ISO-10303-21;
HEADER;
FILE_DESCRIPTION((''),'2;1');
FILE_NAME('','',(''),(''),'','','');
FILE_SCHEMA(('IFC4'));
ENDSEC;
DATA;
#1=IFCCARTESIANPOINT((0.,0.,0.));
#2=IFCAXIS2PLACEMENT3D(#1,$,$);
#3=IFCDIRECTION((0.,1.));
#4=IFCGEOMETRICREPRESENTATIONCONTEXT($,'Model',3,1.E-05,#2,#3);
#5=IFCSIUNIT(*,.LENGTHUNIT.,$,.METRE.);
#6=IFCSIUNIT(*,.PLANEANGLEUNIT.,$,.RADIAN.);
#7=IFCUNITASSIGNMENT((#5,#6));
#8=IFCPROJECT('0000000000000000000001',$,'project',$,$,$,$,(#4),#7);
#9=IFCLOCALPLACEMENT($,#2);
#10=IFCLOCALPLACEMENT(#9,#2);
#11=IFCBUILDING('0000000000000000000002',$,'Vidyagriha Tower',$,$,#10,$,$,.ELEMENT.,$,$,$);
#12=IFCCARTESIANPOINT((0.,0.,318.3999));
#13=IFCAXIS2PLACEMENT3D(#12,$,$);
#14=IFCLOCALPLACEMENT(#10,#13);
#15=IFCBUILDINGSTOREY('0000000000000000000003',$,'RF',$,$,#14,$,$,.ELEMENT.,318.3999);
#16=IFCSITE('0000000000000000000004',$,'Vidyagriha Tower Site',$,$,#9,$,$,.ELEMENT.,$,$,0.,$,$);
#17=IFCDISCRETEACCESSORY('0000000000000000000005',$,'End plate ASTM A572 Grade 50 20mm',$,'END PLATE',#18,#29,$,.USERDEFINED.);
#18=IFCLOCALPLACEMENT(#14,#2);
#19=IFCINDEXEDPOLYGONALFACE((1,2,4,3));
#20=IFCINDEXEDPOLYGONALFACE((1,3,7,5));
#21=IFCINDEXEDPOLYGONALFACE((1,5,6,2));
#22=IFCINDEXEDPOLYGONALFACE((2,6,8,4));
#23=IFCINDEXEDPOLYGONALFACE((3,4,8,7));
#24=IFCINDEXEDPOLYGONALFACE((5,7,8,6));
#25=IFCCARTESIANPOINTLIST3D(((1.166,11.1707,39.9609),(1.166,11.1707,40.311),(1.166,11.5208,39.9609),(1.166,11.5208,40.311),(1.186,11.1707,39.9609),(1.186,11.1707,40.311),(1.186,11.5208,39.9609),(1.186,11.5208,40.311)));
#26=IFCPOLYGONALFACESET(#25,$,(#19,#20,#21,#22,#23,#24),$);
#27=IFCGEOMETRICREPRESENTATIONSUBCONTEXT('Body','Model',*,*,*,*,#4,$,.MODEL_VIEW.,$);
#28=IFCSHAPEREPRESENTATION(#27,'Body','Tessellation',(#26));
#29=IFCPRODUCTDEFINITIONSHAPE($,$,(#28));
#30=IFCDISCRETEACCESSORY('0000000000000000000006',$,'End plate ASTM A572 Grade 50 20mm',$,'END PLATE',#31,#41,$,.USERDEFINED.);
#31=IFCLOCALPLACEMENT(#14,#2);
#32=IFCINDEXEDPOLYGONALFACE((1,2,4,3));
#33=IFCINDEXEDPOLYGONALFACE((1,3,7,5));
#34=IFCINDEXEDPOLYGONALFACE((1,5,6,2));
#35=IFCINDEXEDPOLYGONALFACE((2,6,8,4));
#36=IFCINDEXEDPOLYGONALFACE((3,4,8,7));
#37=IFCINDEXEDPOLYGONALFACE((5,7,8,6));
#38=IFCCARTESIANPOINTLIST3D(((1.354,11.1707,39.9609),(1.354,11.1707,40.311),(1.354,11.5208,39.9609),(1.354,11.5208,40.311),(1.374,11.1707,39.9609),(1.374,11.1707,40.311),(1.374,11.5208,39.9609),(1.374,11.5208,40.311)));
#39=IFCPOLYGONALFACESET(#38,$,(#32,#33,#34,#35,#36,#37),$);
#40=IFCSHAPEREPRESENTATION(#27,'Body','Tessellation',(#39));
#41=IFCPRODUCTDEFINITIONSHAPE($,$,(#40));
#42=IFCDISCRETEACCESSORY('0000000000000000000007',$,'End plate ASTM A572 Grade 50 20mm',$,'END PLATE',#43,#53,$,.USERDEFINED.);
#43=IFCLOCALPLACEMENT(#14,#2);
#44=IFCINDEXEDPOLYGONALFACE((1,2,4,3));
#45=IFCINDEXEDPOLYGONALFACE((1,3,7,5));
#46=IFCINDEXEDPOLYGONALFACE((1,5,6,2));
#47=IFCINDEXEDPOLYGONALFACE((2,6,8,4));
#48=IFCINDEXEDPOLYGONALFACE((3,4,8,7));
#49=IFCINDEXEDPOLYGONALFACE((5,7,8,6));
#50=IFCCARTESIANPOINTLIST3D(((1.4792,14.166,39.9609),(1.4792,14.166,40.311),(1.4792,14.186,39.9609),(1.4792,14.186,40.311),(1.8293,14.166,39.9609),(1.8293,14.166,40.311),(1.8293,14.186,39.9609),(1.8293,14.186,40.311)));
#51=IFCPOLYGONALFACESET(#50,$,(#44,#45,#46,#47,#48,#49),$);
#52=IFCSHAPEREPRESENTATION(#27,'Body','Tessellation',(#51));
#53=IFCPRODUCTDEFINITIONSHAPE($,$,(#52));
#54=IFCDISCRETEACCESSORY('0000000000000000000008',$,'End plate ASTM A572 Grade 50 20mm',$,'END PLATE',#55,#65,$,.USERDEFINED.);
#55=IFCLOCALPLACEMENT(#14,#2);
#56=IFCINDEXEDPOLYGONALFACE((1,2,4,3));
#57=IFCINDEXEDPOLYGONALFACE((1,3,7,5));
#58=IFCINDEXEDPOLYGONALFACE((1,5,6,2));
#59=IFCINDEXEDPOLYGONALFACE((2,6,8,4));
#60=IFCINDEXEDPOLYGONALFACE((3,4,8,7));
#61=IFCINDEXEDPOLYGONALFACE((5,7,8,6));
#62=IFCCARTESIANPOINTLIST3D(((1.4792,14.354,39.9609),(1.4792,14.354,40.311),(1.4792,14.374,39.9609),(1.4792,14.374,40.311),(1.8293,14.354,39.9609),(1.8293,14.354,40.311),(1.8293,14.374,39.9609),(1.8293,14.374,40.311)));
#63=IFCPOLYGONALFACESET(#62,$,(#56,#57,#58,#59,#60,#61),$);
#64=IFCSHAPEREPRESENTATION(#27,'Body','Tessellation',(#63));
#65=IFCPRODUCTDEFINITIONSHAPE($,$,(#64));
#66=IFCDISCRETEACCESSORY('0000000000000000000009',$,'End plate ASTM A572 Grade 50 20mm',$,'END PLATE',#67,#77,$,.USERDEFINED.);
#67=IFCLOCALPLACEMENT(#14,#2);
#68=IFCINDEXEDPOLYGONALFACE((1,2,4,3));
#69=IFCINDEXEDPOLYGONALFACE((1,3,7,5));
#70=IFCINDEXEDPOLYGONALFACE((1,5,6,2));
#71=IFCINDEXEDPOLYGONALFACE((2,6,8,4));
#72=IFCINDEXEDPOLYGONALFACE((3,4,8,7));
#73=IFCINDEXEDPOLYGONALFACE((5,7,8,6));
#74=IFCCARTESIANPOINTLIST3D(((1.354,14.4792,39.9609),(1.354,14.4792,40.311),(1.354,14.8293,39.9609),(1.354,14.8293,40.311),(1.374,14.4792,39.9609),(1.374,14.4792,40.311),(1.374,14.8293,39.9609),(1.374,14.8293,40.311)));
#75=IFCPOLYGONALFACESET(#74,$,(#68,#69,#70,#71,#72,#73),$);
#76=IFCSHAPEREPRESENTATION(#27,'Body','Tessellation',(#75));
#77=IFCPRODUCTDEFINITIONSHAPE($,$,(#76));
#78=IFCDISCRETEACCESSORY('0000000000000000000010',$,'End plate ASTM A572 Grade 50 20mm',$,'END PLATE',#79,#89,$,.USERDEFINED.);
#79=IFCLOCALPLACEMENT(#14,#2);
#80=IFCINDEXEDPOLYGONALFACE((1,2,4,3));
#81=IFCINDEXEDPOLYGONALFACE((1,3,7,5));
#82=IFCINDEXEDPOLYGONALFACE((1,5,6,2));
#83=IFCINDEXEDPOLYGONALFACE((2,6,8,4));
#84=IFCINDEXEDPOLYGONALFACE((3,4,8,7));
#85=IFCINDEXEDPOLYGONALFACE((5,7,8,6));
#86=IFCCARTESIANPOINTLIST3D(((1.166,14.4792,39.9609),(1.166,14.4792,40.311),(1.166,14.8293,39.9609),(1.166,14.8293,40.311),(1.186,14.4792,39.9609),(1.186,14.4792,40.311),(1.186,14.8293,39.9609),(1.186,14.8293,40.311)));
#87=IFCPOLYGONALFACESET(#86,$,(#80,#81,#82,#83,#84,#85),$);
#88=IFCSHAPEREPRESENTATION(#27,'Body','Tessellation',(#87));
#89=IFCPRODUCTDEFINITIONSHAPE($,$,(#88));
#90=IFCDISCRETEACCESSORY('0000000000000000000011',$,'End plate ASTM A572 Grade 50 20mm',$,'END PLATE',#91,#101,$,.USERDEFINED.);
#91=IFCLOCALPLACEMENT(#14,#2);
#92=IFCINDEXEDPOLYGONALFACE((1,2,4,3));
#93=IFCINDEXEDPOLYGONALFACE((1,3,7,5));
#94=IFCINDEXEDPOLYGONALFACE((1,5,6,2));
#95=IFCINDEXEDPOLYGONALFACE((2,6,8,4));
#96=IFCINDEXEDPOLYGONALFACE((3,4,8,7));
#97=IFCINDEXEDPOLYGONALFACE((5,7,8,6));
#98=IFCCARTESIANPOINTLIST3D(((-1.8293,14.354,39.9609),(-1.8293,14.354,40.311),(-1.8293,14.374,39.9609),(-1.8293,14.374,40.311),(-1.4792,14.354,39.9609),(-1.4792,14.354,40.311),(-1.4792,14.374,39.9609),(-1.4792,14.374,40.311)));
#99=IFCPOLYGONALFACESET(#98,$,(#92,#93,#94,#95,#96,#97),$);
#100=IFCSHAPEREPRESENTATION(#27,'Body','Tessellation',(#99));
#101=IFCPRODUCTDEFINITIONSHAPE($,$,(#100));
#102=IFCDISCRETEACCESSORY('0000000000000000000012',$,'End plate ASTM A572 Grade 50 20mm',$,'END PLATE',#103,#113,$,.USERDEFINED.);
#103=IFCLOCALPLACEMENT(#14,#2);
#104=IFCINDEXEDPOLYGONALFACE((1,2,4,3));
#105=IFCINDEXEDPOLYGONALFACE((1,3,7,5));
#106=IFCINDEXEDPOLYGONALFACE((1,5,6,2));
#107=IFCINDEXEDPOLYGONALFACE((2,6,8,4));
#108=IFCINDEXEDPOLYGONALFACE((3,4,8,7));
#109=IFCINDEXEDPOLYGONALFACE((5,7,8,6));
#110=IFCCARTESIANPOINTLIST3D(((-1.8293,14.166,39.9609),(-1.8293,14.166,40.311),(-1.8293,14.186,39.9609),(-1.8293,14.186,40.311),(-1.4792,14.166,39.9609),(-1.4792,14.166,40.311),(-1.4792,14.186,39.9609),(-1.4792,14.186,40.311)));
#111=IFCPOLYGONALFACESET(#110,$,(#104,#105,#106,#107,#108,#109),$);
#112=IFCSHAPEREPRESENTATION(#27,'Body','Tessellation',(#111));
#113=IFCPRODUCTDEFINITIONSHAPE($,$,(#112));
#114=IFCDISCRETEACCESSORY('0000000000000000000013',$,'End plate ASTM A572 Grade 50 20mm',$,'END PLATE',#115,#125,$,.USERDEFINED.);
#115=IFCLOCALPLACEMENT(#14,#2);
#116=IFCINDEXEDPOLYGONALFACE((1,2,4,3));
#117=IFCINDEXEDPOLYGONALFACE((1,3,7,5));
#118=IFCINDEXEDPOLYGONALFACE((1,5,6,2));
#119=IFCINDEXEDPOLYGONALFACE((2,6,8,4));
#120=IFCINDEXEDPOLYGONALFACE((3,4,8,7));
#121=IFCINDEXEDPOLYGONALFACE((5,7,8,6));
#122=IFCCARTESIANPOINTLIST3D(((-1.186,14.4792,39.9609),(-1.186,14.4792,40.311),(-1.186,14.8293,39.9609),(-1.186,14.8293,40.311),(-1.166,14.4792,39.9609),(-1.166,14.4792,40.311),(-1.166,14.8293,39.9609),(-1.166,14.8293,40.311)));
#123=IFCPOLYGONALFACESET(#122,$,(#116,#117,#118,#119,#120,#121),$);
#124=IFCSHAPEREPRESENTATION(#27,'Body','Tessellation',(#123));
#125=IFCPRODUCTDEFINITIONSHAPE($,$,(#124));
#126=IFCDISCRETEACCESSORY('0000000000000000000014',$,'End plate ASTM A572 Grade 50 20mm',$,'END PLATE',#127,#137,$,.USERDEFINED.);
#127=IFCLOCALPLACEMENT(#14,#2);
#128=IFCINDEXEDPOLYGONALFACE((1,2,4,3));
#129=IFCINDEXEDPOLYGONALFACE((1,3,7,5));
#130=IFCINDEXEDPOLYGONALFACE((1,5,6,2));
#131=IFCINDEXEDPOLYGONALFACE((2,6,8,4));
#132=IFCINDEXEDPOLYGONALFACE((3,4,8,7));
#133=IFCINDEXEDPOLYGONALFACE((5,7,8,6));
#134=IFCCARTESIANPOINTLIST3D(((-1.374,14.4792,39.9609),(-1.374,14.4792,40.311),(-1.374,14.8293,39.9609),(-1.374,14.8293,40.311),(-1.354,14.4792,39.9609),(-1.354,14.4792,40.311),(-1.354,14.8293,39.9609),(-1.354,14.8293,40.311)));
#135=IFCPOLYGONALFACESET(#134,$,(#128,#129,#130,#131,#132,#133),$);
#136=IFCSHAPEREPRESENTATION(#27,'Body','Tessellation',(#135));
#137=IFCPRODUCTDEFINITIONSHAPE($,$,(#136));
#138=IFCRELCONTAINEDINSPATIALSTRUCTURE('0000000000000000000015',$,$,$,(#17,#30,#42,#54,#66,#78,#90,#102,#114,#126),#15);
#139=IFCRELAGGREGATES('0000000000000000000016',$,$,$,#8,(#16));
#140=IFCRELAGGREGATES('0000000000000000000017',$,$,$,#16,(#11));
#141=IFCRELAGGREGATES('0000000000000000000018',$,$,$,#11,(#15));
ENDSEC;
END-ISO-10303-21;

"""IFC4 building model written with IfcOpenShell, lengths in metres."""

from ifc_helpers import new_model, si_unit, direction, frame, origin, origin_2d, place, context, subcontext, project, spatial, rectangle, extrude, element, save


model = new_model("IFC4")

# Units and contexts
model_context = context("Model", 3, precision=1e-05, world=origin(), true_north=direction((0.0, 1.0)))
body_context = subcontext(model_context, "Body", "Model", "MODEL_VIEW")
ifc_project = project(units=[si_unit("LENGTHUNIT", "METRE"), si_unit("PLANEANGLEUNIT", "RADIAN")], contexts=[model_context])

# Site, building, storey
site_placement = place(None, origin())
site = spatial("IfcSite", under=ifc_project, at=site_placement, Name="Vidyagriha Tower Site", CompositionType="ELEMENT", RefElevation=0.0)
building_placement = place(site_placement, origin())
building = spatial("IfcBuilding", under=site, at=building_placement, Name="Vidyagriha Tower", CompositionType="ELEMENT")
storey_placement = place(building_placement, frame((0.0, 0.0, 318.3999)))
storey = spatial("IfcBuildingStorey", under=building, at=storey_placement, Name="RF", CompositionType="ELEMENT", Elevation=318.3999)

# Discrete accessories
for number, where, z_axis, x_axis, name in (
    (1, (1.176, 11.3457, 39.9609), (0.0, 0.0, 1.0), (0.0, 1.0, 0.0), "End plate ASTM A572 Grade 50 20mm"),
    (2, (1.364, 11.3457, 39.9609), (0.0, 0.0, 1.0), (0.0, 1.0, 0.0), "End plate ASTM A572 Grade 50 20mm"),
    (3, (1.6543, 14.176, 39.9609), (0.0, 0.0, 1.0), (-1.0, 0.0, 0.0), "End plate ASTM A572 Grade 50 20mm"),
    (4, (1.6543, 14.364, 39.9609), (0.0, 0.0, 1.0), (-1.0, 0.0, 0.0), "End plate ASTM A572 Grade 50 20mm"),
    (5, (1.364, 14.6543, 39.9609), (0.0, 0.0, 1.0), (0.0, -1.0, 0.0), "End plate ASTM A572 Grade 50 20mm"),
    (6, (1.176, 14.6543, 39.9609), (0.0, 0.0, 1.0), (0.0, -1.0, 0.0), "End plate ASTM A572 Grade 50 20mm"),
):
    element("IfcDiscreteAccessory", number, at=place(storey_placement, frame(where, z_axis=z_axis, x_axis=x_axis)), inside=storey, Name=name, ObjectType="END PLATE", PredefinedType="USERDEFINED", context=body_context, shape_type="SweptSolid", body=[
        extrude(rectangle(XDim=0.3501, YDim=0.02, at=origin_2d()), origin(), (0.0, 0.0, 1.0), 0.3501),
    ])
for number, where, name in (
    (7, (-1.6543, 14.364, 39.9609), "End plate ASTM A572 Grade 50 20mm"),
    (8, (-1.6543, 14.176, 39.9609), "End plate ASTM A572 Grade 50 20mm"),
):
    element("IfcDiscreteAccessory", number, at=place(storey_placement, frame(where)), inside=storey, Name=name, ObjectType="END PLATE", PredefinedType="USERDEFINED", context=body_context, shape_type="SweptSolid", body=[
        extrude(rectangle(XDim=0.3501, YDim=0.02, at=origin_2d()), origin(), (0.0, 0.0, 1.0), 0.3501),
    ])
for number, where, z_axis, x_axis, name in (
    (9, (-1.176, 14.6543, 39.9609), (0.0, 0.0, 1.0), (0.0, -1.0, 0.0), "End plate ASTM A572 Grade 50 20mm"),
    (10, (-1.364, 14.6543, 39.9609), (0.0, 0.0, 1.0), (0.0, -1.0, 0.0), "End plate ASTM A572 Grade 50 20mm"),
):
    element("IfcDiscreteAccessory", number, at=place(storey_placement, frame(where, z_axis=z_axis, x_axis=x_axis)), inside=storey, Name=name, ObjectType="END PLATE", PredefinedType="USERDEFINED", context=body_context, shape_type="SweptSolid", body=[
        extrude(rectangle(XDim=0.3501, YDim=0.02, at=origin_2d()), origin(), (0.0, 0.0, 1.0), 0.3501),
    ])

save(model, "model.ifc")
